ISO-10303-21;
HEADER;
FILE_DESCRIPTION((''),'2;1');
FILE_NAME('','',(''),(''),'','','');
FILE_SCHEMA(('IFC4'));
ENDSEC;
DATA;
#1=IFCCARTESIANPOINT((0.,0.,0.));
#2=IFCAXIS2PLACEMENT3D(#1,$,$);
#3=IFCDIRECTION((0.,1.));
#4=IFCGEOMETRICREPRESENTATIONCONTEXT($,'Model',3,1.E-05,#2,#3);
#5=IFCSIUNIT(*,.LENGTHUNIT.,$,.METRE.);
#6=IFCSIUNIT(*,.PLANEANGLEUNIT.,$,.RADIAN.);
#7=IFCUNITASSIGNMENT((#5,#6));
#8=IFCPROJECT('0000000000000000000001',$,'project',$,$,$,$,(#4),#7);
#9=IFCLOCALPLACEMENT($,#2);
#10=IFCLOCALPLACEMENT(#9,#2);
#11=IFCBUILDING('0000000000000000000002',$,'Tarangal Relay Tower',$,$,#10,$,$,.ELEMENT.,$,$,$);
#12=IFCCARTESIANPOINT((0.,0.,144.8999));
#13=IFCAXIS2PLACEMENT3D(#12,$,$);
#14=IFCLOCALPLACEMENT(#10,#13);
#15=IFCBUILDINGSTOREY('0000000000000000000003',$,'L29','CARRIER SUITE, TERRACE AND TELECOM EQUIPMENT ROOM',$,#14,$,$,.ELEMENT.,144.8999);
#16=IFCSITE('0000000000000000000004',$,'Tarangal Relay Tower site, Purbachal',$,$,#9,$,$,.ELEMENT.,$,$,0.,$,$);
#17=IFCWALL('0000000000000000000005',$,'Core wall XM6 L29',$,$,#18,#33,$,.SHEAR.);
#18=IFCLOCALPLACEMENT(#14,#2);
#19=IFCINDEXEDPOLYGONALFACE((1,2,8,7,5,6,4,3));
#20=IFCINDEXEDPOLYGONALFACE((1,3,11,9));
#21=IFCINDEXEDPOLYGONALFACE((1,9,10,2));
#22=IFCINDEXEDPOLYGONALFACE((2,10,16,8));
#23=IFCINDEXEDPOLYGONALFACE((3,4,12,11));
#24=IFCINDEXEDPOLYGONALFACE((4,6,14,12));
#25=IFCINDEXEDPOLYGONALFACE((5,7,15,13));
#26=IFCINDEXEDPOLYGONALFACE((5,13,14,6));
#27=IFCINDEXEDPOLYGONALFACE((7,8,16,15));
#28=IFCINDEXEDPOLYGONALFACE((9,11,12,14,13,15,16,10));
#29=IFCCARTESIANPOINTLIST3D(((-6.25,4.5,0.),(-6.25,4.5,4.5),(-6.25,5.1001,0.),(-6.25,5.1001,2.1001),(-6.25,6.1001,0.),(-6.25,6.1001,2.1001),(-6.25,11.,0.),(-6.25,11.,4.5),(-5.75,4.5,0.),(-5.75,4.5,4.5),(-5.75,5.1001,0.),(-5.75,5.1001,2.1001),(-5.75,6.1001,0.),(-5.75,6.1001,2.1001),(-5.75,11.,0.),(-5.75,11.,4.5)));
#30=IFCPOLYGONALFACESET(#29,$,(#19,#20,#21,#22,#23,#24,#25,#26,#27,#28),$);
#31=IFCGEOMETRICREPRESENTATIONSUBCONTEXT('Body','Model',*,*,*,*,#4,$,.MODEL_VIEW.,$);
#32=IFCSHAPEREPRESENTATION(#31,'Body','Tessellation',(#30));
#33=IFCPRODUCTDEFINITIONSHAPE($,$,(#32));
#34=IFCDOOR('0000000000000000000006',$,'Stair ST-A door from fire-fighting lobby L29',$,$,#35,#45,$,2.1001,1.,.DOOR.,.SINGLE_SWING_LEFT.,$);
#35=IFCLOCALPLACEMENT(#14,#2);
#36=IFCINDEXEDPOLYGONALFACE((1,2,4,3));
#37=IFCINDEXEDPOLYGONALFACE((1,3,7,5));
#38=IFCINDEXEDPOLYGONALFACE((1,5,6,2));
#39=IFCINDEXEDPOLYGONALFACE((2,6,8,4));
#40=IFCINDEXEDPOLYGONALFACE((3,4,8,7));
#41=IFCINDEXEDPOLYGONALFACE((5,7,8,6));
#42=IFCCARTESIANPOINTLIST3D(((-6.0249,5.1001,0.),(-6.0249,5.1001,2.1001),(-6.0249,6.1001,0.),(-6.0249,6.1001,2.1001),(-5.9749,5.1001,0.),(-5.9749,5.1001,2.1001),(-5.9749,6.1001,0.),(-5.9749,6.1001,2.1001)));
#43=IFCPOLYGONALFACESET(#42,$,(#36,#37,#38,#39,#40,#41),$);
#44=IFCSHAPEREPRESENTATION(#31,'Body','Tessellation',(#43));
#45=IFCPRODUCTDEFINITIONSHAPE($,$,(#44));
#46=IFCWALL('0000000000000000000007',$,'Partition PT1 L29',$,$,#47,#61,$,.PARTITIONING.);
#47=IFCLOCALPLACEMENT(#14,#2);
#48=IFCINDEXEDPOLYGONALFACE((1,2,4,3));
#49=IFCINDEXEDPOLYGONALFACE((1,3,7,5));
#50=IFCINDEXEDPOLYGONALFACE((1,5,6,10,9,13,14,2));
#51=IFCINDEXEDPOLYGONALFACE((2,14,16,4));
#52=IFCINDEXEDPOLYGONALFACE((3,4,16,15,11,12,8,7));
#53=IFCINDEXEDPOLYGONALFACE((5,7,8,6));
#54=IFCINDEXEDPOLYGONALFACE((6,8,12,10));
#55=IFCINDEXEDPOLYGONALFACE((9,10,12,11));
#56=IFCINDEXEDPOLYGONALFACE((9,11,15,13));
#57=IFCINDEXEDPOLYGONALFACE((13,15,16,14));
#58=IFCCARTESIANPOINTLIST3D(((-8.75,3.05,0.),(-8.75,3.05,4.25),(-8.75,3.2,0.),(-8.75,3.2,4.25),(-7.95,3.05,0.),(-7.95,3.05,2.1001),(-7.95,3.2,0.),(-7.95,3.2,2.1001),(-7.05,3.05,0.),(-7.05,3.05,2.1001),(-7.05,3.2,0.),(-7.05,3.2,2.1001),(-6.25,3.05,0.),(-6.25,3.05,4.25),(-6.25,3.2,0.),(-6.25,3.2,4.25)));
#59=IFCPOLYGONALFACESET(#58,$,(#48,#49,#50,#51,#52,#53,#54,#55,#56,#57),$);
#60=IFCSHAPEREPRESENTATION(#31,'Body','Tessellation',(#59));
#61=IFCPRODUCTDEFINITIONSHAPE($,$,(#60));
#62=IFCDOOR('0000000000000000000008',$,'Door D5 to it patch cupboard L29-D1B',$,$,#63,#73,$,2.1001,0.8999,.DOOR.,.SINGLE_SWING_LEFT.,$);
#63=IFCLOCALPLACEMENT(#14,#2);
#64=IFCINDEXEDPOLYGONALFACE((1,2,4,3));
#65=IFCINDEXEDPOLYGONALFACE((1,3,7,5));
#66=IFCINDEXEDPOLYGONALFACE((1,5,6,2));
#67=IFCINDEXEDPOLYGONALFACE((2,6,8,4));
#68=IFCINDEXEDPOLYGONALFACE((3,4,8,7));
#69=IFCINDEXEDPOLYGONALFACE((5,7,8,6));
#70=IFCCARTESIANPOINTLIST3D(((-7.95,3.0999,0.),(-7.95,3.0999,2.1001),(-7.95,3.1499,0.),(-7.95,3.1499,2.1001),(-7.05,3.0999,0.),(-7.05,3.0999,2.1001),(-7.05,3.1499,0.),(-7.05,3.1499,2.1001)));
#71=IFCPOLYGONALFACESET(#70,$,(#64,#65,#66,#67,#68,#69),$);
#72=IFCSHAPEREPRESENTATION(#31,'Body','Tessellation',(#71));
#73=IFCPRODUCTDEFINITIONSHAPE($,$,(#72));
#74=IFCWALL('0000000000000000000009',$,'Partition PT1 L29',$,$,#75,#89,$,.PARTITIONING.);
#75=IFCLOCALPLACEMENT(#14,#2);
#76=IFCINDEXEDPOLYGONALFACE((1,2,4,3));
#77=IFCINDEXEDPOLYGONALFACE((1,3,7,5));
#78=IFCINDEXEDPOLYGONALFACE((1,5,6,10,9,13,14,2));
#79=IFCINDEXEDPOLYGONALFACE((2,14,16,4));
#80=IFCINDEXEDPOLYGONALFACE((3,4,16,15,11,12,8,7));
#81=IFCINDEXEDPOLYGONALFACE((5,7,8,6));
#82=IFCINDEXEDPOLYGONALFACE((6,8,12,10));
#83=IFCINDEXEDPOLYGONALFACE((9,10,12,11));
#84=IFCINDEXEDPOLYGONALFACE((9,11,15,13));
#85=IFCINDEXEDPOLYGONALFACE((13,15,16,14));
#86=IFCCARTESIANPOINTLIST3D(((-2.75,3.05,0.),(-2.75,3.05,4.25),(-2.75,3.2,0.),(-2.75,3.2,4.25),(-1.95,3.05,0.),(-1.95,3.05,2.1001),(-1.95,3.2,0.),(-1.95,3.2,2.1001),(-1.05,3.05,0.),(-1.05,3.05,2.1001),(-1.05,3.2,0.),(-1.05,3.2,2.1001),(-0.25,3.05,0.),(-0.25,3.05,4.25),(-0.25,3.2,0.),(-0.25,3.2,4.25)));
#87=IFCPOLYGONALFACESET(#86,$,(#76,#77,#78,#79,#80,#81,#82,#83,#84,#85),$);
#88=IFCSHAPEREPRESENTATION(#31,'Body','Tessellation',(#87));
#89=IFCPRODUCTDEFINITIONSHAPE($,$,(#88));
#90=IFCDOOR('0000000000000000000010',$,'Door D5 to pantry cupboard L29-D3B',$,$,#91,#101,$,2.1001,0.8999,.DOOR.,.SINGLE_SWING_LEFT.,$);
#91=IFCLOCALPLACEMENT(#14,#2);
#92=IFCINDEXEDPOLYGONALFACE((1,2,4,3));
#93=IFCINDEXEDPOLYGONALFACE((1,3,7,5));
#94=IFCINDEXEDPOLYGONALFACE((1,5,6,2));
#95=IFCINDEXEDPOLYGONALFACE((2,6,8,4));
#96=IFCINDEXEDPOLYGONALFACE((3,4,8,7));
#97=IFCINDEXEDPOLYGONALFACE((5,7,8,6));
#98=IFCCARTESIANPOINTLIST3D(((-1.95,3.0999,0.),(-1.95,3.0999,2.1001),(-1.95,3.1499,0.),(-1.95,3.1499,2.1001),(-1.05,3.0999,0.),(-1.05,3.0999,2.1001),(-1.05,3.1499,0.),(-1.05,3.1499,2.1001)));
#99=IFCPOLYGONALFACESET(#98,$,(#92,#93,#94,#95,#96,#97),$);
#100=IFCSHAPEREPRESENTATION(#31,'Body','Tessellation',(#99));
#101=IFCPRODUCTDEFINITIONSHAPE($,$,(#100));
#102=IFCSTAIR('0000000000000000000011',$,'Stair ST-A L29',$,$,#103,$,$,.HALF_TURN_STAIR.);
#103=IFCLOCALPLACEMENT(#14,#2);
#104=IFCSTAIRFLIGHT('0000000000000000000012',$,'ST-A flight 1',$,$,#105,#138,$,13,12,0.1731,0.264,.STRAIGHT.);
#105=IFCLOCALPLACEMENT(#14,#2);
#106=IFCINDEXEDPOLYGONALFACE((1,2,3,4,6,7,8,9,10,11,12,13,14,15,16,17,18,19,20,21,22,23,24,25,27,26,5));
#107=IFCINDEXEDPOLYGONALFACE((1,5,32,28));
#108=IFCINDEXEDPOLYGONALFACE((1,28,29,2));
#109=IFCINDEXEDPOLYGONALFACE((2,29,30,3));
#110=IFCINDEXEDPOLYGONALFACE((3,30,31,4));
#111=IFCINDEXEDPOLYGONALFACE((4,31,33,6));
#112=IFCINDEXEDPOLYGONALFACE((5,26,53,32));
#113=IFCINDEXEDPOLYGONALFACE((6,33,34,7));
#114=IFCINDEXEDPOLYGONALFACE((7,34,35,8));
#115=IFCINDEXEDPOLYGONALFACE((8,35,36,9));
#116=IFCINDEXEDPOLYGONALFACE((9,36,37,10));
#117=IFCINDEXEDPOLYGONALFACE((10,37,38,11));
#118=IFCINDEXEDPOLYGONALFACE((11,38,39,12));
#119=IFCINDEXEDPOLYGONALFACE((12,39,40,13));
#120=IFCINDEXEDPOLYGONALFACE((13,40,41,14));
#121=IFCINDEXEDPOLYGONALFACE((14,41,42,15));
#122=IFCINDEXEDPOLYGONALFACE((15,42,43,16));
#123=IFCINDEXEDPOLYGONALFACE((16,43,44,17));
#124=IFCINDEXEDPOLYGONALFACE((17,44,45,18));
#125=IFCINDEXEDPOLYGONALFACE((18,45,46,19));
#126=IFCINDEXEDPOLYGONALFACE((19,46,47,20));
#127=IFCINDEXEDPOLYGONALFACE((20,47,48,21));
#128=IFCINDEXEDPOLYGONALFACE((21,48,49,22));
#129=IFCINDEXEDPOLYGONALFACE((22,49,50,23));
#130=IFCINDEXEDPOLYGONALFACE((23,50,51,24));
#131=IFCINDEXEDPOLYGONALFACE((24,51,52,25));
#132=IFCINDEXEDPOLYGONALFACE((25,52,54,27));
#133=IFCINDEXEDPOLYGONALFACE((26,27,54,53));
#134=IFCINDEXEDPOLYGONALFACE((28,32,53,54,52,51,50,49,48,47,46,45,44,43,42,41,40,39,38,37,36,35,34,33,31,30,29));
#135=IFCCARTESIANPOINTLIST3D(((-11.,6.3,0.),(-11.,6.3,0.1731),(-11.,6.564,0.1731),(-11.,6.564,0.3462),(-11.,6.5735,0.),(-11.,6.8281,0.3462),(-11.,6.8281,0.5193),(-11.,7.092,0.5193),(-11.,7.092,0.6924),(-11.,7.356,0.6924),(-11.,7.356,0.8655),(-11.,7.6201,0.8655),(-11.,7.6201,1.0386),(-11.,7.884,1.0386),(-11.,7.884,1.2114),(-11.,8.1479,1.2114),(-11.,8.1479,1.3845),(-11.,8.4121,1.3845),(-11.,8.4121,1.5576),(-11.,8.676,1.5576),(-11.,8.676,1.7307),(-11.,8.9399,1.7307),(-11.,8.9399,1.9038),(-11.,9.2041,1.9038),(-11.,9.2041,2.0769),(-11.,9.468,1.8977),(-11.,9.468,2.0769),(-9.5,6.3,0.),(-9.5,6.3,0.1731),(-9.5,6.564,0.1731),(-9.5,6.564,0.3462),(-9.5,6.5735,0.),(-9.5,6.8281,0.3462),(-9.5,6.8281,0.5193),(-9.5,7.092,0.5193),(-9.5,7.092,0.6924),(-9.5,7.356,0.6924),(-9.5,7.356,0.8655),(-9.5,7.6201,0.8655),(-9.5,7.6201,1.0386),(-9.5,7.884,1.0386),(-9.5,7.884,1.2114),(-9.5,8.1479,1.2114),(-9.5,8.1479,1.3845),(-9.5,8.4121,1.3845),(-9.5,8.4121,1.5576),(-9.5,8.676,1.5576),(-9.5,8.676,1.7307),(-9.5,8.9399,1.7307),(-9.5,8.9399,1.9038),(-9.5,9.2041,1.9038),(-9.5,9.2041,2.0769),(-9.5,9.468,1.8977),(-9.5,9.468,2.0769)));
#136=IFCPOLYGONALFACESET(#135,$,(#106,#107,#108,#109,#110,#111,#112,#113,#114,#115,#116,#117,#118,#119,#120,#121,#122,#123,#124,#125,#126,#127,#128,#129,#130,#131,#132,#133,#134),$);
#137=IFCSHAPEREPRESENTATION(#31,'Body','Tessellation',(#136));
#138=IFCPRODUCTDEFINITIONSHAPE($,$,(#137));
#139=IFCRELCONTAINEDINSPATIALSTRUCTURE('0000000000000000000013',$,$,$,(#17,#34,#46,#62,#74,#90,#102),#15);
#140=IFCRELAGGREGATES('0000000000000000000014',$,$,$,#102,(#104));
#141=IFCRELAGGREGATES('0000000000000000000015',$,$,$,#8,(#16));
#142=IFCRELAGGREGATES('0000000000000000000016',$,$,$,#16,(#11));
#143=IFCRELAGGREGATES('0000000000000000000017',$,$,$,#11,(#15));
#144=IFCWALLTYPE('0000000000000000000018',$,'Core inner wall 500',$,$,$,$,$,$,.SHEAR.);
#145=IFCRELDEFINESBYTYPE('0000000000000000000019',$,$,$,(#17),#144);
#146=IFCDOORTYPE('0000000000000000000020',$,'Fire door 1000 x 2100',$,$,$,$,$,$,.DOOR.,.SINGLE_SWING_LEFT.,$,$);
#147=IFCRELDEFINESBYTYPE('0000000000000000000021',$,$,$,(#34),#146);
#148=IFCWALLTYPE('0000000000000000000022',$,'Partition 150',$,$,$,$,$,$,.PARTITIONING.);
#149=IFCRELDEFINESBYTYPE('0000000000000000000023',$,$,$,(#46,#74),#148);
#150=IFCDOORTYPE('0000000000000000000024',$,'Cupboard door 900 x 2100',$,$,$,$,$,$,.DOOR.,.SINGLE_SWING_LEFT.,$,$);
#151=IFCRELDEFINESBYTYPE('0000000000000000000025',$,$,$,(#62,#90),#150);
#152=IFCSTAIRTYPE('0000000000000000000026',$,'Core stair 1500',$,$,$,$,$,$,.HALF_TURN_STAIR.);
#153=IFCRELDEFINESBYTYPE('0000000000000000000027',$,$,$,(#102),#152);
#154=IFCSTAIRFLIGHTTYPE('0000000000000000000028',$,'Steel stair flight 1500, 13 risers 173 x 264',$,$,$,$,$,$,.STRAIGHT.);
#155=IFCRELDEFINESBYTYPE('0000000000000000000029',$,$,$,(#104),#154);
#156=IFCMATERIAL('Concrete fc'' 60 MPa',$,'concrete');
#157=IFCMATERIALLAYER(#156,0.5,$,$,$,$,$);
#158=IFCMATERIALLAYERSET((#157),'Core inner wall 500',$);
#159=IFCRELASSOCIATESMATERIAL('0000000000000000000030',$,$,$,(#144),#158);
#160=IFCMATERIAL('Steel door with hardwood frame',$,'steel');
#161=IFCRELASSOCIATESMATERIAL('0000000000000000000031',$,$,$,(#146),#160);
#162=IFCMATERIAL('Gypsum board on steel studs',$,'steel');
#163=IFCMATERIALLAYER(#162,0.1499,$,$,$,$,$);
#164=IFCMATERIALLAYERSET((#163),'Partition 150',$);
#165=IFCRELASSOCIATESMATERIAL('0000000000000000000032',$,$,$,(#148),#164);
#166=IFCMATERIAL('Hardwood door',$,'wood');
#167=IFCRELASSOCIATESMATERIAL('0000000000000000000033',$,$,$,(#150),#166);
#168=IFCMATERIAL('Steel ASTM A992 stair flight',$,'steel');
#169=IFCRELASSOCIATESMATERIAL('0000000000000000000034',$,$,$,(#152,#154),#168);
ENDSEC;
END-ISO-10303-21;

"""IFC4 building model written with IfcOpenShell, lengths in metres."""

from ifc_helpers import new_model, si_unit, direction, frame, frame_2d, origin, place, context, subcontext, project, spatial, polyline, rectangle, outline, extrude, material, layer, layer_set, type_object, element, fill, aggregate, save


model = new_model("IFC4")

# Units and contexts
model_context = context("Model", 3, precision=1e-05, world=origin(), true_north=direction((0.0, 1.0)))
body_context = subcontext(model_context, "Body", "Model", "MODEL_VIEW")
ifc_project = project(units=[si_unit("LENGTHUNIT", "METRE"), si_unit("PLANEANGLEUNIT", "RADIAN")], contexts=[model_context])

# Site, building, storey
site_placement = place(None, origin())
site = spatial("IfcSite", under=ifc_project, at=site_placement, Name="Tarangal Relay Tower site, Purbachal", CompositionType="ELEMENT", RefElevation=0.0)
building_placement = place(site_placement, origin())
building = spatial("IfcBuilding", under=site, at=building_placement, Name="Tarangal Relay Tower", CompositionType="ELEMENT")
storey_placement = place(building_placement, frame((0.0, 0.0, 144.8999)))
storey = spatial("IfcBuildingStorey", under=building, at=storey_placement, Name="L29", Description="CARRIER SUITE, TERRACE AND TELECOM EQUIPMENT ROOM", CompositionType="ELEMENT", Elevation=144.8999)

# Shared definitions
ifc_material_1 = material(Name="Concrete fc' 60 MPa", Category="concrete")
ifc_layer_1 = layer(ifc_material_1, 0.5)
ifc_layer_set_1 = layer_set([ifc_layer_1], Name="Core inner wall 500")
wall_type_1 = type_object("IfcWallType", Name="Core inner wall 500", PredefinedType="SHEAR", material=ifc_layer_set_1)
ifc_material_2 = material(Name="Steel door with hardwood frame", Category="steel")

# Walls, openings, doors
wall_1_placement = place(storey_placement, frame((-6.0, 4.5, 0.0), z_axis=(0.0, 0.0, 1.0), x_axis=(0.0, 1.0, 0.0)))
wall_1 = element("IfcWall", 1, at=wall_1_placement, inside=storey, type_object=wall_type_1, Name="Core wall XM6 L29", PredefinedType="SHEAR", context=body_context, shape_type="SweptSolid", body=[
    extrude(rectangle(XDim=6.5, YDim=0.5, at=frame_2d((3.25, 0.0))), origin(), (0.0, 0.0, 1.0), 4.5),
])
opening_1_placement = place(wall_1_placement, frame((0.6001, 0.0, 0.0)))
opening_1 = element("IfcOpeningElement", 2, at=opening_1_placement, cuts=wall_1, PredefinedType="OPENING", context=body_context, shape_type="SweptSolid", body=[
    extrude(rectangle(XDim=1.0, YDim=2.1001, at=frame_2d((0.5, 1.05))), frame((0.0, 0.26, 0.0), z_axis=(0.0, -1.0, 0.0), x_axis=(1.0, 0.0, 0.0)), (0.0, 0.0, 1.0), 0.52),
])
door_type_1 = type_object("IfcDoorType", Name="Fire door 1000 x 2100", OperationType="SINGLE_SWING_LEFT", PredefinedType="DOOR", material=ifc_material_2)
door_1_placement = place(opening_1_placement, origin())
door_1 = element("IfcDoor", 3, at=door_1_placement, inside=storey, type_object=door_type_1, Name="Stair ST-A door from fire-fighting lobby L29", OperationType="SINGLE_SWING_LEFT", OverallHeight=2.1001, OverallWidth=1.0, PredefinedType="DOOR", context=body_context, shape_type="SweptSolid", body=[
    extrude(rectangle(XDim=1.0, YDim=2.1001, at=frame_2d((0.5, 1.05))), frame((0.0, 0.0249, 0.0), z_axis=(0.0, -1.0, 0.0), x_axis=(1.0, 0.0, 0.0)), (0.0, 0.0, 1.0), 0.05),
])
fill(opening_1, door_1)
ifc_material_3 = material(Name="Gypsum board on steel studs", Category="steel")
ifc_layer_2 = layer(ifc_material_3, 0.1499)
ifc_layer_set_2 = layer_set([ifc_layer_2], Name="Partition 150")
wall_type_2 = type_object("IfcWallType", Name="Partition 150", PredefinedType="PARTITIONING", material=ifc_layer_set_2)
wall_2_placement = place(storey_placement, frame((-8.75, 3.125, 0.0), z_axis=(0.0, 0.0, 1.0), x_axis=(1.0, 0.0, 0.0)))
wall_2 = element("IfcWall", 4, at=wall_2_placement, inside=storey, type_object=wall_type_2, Name="Partition PT1 L29", PredefinedType="PARTITIONING", context=body_context, shape_type="SweptSolid", body=[
    extrude(rectangle(XDim=2.5, YDim=0.1499, at=frame_2d((1.25, 0.0))), origin(), (0.0, 0.0, 1.0), 4.25),
])
opening_2_placement = place(wall_2_placement, frame((0.8, 0.0, 0.0)))
opening_2 = element("IfcOpeningElement", 5, at=opening_2_placement, cuts=wall_2, PredefinedType="OPENING", context=body_context, shape_type="SweptSolid", body=[
    extrude(rectangle(XDim=0.8999, YDim=2.1001, at=frame_2d((0.45, 1.05))), frame((0.0, 0.085, 0.0), z_axis=(0.0, -1.0, 0.0), x_axis=(1.0, 0.0, 0.0)), (0.0, 0.0, 1.0), 0.1699),
])
ifc_material_4 = material(Name="Hardwood door", Category="wood")
door_type_2 = type_object("IfcDoorType", Name="Cupboard door 900 x 2100", OperationType="SINGLE_SWING_LEFT", PredefinedType="DOOR", material=ifc_material_4)
door_2_placement = place(opening_2_placement, origin())
door_2 = element("IfcDoor", 6, at=door_2_placement, inside=storey, type_object=door_type_2, Name="Door D5 to it patch cupboard L29-D1B", OperationType="SINGLE_SWING_LEFT", OverallHeight=2.1001, OverallWidth=0.8999, PredefinedType="DOOR", context=body_context, shape_type="SweptSolid", body=[
    extrude(rectangle(XDim=0.8999, YDim=2.1001, at=frame_2d((0.45, 1.05))), frame((0.0, 0.0249, 0.0), z_axis=(0.0, -1.0, 0.0), x_axis=(1.0, 0.0, 0.0)), (0.0, 0.0, 1.0), 0.05),
])
fill(opening_2, door_2)
wall_3_placement = place(storey_placement, frame((-2.75, 3.125, 0.0), z_axis=(0.0, 0.0, 1.0), x_axis=(1.0, 0.0, 0.0)))
wall_3 = element("IfcWall", 7, at=wall_3_placement, inside=storey, type_object=wall_type_2, Name="Partition PT1 L29", PredefinedType="PARTITIONING", context=body_context, shape_type="SweptSolid", body=[
    extrude(rectangle(XDim=2.5, YDim=0.1499, at=frame_2d((1.25, 0.0))), origin(), (0.0, 0.0, 1.0), 4.25),
])
opening_3_placement = place(wall_3_placement, frame((0.8, 0.0, 0.0)))
opening_3 = element("IfcOpeningElement", 8, at=opening_3_placement, cuts=wall_3, PredefinedType="OPENING", context=body_context, shape_type="SweptSolid", body=[
    extrude(rectangle(XDim=0.8999, YDim=2.1001, at=frame_2d((0.45, 1.05))), frame((0.0, 0.085, 0.0), z_axis=(0.0, -1.0, 0.0), x_axis=(1.0, 0.0, 0.0)), (0.0, 0.0, 1.0), 0.1699),
])
door_3_placement = place(opening_3_placement, origin())
door_3 = element("IfcDoor", 9, at=door_3_placement, inside=storey, type_object=door_type_2, Name="Door D5 to pantry cupboard L29-D3B", OperationType="SINGLE_SWING_LEFT", OverallHeight=2.1001, OverallWidth=0.8999, PredefinedType="DOOR", context=body_context, shape_type="SweptSolid", body=[
    extrude(rectangle(XDim=0.8999, YDim=2.1001, at=frame_2d((0.45, 1.05))), frame((0.0, 0.0249, 0.0), z_axis=(0.0, -1.0, 0.0), x_axis=(1.0, 0.0, 0.0)), (0.0, 0.0, 1.0), 0.05),
])
fill(opening_3, door_3)

# Stair, stair flight
ifc_material_5 = material(Name="Steel ASTM A992 stair flight", Category="steel")
stair_type = type_object("IfcStairType", Name="Core stair 1500", PredefinedType="HALF_TURN_STAIR", material=ifc_material_5)
stair_placement = place(storey_placement, origin())
stair = element("IfcStair", 10, at=stair_placement, inside=storey, type_object=stair_type, Name="Stair ST-A L29", PredefinedType="HALF_TURN_STAIR")
stair_flight_type = type_object("IfcStairFlightType", Name="Steel stair flight 1500, 13 risers 173 x 264", PredefinedType="STRAIGHT", material=ifc_material_5)
stair_flight_placement = place(storey_placement, frame((-10.25, 6.3, 0.0), z_axis=(0.0, 0.0, 1.0), x_axis=(0.0, 1.0, 0.0)))
stair_flight = element("IfcStairFlight", 11, at=stair_flight_placement, type_object=stair_flight_type, Name="ST-A flight 1", NumberOfRisers=13, NumberOfTreads=12, PredefinedType="STRAIGHT", RiserHeight=0.1731, TreadLength=0.264, context=body_context, shape_type="SweptSolid", body=[
    extrude(outline(polyline([(0.0, 0.0), (0.0, 0.1731), (0.2639, 0.1731), (0.2639, 0.3462), (0.5281, 0.3462), (0.5281, 0.5193), (0.792, 0.5193), (0.792, 0.6924), (1.0559, 0.6924), (1.0559, 0.8655), (1.3201, 0.8655), (1.3201, 1.0386), (1.584, 1.0386), (1.584, 1.2114), (1.8479, 1.2114), (1.8479, 1.3845), (2.1121, 1.3845), (2.1121, 1.5576), (2.376, 1.5576), (2.376, 1.7307), (2.6399, 1.7307), (2.6399, 1.9038), (2.9041, 1.9038), (2.9041, 2.0769), (3.168, 2.0769), (3.168, 2.25), (3.168, 1.8977), (0.2734, 0.0), (0.0, 0.0)])), frame((0.0, 0.75, 0.0), z_axis=(0.0, -1.0, 0.0), x_axis=(1.0, 0.0, 0.0)), (0.0, 0.0, 1.0), 1.5),
])
aggregate(stair, [stair_flight])

save(model, "model.ifc")
